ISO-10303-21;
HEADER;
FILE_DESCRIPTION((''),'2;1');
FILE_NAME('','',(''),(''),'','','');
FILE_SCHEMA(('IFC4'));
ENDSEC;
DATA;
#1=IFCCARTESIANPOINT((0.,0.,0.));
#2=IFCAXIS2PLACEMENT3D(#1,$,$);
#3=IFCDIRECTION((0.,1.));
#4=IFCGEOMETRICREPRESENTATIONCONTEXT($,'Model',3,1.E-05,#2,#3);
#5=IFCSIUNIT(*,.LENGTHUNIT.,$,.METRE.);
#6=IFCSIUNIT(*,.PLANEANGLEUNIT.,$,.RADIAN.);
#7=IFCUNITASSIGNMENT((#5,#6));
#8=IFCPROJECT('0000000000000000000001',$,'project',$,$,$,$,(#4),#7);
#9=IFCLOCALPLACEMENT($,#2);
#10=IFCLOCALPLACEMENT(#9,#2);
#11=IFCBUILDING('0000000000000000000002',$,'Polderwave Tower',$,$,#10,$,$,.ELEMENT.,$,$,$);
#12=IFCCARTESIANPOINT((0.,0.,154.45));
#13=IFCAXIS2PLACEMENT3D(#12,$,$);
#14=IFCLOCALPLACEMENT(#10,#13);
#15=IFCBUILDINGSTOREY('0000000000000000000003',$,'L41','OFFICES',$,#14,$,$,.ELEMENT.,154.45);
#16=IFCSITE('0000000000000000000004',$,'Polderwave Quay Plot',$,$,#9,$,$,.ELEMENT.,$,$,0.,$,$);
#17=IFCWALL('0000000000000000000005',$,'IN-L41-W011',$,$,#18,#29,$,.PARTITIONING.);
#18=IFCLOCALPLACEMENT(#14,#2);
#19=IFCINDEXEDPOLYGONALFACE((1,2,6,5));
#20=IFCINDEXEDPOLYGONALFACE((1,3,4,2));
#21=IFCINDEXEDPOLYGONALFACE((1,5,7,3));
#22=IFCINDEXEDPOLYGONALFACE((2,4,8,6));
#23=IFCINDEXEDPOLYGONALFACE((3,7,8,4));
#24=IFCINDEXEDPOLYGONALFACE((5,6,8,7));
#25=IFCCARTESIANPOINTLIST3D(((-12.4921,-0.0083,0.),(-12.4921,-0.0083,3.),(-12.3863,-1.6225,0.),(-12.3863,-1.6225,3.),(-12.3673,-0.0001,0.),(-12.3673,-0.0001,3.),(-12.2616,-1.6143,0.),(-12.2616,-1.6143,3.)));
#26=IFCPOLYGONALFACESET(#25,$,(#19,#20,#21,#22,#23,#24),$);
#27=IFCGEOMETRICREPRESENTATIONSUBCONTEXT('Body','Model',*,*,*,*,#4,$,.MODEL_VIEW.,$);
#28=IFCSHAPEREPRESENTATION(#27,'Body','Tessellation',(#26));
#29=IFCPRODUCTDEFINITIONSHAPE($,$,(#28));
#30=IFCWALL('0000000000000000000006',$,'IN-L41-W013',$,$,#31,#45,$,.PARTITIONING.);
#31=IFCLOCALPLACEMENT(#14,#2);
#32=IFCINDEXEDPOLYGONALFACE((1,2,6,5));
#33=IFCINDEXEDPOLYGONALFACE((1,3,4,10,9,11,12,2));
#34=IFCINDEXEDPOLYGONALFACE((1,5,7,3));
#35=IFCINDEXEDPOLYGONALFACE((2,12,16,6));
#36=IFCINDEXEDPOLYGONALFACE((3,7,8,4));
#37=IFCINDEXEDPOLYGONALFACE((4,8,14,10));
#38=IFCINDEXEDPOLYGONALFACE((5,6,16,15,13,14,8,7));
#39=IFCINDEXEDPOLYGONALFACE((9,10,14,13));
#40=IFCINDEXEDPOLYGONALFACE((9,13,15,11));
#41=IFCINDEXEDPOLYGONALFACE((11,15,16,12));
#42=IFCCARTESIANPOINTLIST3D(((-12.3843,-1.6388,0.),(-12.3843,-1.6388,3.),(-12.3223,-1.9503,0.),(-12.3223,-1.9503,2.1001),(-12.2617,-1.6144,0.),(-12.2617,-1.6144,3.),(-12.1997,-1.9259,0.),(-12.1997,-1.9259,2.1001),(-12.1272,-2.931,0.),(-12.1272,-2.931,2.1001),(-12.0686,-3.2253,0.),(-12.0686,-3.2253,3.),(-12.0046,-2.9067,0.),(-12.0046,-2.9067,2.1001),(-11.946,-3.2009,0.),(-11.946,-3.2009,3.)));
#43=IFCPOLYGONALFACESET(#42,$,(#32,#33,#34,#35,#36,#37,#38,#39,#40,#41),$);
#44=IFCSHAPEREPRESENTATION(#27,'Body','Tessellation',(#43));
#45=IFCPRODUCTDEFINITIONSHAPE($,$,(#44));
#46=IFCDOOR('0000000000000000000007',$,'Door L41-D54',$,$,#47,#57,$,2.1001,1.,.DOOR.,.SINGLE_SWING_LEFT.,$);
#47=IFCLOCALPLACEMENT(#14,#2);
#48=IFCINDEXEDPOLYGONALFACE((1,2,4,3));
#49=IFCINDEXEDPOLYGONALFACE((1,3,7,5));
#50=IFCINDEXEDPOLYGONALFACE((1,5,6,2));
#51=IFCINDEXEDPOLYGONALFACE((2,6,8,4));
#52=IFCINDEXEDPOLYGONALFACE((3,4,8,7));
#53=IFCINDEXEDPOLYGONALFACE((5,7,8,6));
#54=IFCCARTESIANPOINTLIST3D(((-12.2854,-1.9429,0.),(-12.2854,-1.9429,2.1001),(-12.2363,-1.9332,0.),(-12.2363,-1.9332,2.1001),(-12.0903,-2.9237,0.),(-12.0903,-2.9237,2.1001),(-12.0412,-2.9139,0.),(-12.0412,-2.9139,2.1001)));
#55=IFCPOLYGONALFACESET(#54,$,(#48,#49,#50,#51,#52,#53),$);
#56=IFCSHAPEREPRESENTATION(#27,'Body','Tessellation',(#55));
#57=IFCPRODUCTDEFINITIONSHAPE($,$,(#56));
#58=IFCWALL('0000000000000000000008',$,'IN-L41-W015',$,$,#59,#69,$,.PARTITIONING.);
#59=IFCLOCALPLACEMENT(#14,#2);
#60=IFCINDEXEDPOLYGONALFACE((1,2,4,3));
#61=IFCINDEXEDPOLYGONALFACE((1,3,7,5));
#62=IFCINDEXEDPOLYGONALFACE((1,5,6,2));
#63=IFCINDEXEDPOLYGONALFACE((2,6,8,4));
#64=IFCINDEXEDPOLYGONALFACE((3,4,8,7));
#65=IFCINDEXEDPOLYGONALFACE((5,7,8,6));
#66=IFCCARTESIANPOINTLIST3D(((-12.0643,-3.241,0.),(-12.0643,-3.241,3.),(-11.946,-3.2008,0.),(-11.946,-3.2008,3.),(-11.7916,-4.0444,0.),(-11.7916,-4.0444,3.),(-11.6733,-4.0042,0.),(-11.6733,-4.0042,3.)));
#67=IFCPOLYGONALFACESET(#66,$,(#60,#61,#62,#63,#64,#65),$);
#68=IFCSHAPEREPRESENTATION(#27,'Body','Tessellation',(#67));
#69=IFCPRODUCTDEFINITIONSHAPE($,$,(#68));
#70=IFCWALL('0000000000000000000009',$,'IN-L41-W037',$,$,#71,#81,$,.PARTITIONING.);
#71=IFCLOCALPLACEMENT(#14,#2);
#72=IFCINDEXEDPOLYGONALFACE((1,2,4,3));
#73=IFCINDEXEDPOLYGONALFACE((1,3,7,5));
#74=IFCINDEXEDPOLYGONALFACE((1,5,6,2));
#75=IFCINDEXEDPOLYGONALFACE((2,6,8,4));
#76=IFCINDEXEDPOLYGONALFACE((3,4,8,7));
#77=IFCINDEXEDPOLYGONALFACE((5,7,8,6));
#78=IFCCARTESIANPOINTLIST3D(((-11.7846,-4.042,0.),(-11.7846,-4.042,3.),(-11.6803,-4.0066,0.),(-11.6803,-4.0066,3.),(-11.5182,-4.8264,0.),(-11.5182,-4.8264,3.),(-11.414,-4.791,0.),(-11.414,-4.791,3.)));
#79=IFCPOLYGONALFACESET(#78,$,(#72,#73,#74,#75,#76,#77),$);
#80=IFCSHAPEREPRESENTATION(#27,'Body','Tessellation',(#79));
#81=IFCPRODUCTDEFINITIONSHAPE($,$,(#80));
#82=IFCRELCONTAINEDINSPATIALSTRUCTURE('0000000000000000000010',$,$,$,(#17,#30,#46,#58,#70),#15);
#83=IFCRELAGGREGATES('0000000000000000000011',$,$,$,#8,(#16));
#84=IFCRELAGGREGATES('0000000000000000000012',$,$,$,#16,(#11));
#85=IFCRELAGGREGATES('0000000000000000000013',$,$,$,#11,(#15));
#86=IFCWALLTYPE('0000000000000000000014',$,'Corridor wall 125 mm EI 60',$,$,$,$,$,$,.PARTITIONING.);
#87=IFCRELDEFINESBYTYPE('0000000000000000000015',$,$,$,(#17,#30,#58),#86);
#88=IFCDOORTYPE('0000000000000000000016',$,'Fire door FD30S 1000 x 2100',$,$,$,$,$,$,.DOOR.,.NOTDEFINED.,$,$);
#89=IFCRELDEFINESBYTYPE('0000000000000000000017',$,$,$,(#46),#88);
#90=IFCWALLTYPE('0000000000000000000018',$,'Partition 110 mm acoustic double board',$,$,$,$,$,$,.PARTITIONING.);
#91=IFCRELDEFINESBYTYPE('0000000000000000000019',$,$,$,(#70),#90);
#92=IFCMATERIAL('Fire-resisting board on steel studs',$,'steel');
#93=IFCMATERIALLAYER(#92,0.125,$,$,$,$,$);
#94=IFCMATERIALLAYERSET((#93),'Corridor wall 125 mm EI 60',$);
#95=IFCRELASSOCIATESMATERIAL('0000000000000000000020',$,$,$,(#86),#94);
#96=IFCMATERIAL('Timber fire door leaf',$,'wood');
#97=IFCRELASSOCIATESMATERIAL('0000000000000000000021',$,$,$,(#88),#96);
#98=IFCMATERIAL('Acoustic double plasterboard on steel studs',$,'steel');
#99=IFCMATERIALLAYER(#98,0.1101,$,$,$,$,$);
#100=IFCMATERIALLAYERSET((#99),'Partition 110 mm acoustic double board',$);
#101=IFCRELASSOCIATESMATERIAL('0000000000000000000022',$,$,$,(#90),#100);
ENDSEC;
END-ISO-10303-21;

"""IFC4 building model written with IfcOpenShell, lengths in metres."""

from ifc_helpers import new_model, si_unit, direction, frame, frame_2d, origin, place, context, subcontext, project, spatial, rectangle, extrude, material, layer, layer_set, type_object, element, fill, save


model = new_model("IFC4")

# Units and contexts
model_context = context("Model", 3, precision=1e-05, world=origin(), true_north=direction((0.0, 1.0)))
body_context = subcontext(model_context, "Body", "Model", "MODEL_VIEW")
ifc_project = project(units=[si_unit("LENGTHUNIT", "METRE"), si_unit("PLANEANGLEUNIT", "RADIAN")], contexts=[model_context])

# Site, building, storey
site_placement = place(None, origin())
site = spatial("IfcSite", under=ifc_project, at=site_placement, Name="Polderwave Quay Plot", CompositionType="ELEMENT", RefElevation=0.0)
building_placement = place(site_placement, origin())
building = spatial("IfcBuilding", under=site, at=building_placement, Name="Polderwave Tower", CompositionType="ELEMENT")
storey_placement = place(building_placement, frame((0.0, 0.0, 154.45)))
storey = spatial("IfcBuildingStorey", under=building, at=storey_placement, Name="L41", Description="OFFICES", CompositionType="ELEMENT", Elevation=154.45)

# Wall
ifc_material_1 = material(Name="Fire-resisting board on steel studs", Category="steel")
ifc_layer_1 = layer(ifc_material_1, 0.125)
ifc_layer_set_1 = layer_set([ifc_layer_1], Name="Corridor wall 125 mm EI 60")
wall_type_1 = type_object("IfcWallType", Name="Corridor wall 125 mm EI 60", PredefinedType="PARTITIONING", material=ifc_layer_set_1)
wall_1_placement = place(storey_placement, frame((-12.324, -1.6184, 0.0), z_axis=(0.0, 0.0, 1.0), x_axis=(-0.065347, 0.997863, 0.0)))
element("IfcWall", 1, at=wall_1_placement, inside=storey, type_object=wall_type_1, Name="IN-L41-W011", PredefinedType="PARTITIONING", context=body_context, shape_type="SweptSolid", body=[
    extrude(rectangle(XDim=1.6177, YDim=0.125, at=frame_2d((0.8088, 0.0))), origin(), (0.0, 0.0, 1.0), 3.0),
])

# Wall, opening, door
wall_2_placement = place(storey_placement, frame((-12.0073, -3.2131, 0.0), z_axis=(0.0, 0.0, 1.0), x_axis=(-0.195129, 0.980778, 0.0)))
wall_2 = element("IfcWall", 2, at=wall_2_placement, inside=storey, type_object=wall_type_1, Name="IN-L41-W013", PredefinedType="PARTITIONING", context=body_context, shape_type="SweptSolid", body=[
    extrude(rectangle(XDim=1.6177, YDim=0.125, at=frame_2d((0.8088, 0.0))), origin(), (0.0, 0.0, 1.0), 3.0),
])
opening_placement = place(wall_2_placement, frame((0.3, 0.0, 0.0)))
opening = element("IfcOpeningElement", 3, at=opening_placement, cuts=wall_2, PredefinedType="OPENING", context=body_context, shape_type="SweptSolid", body=[
    extrude(rectangle(XDim=1.0, YDim=2.1001, at=frame_2d((0.5, 1.05))), frame((0.0, 0.0725, 0.0), z_axis=(0.0, -1.0, 0.0), x_axis=(1.0, 0.0, 0.0)), (0.0, 0.0, 1.0), 0.145),
])
ifc_material_2 = material(Name="Timber fire door leaf", Category="wood")
door_type = type_object("IfcDoorType", Name="Fire door FD30S 1000 x 2100", OperationType="NOTDEFINED", PredefinedType="DOOR", material=ifc_material_2)
door_placement = place(opening_placement, origin())
door = element("IfcDoor", 4, at=door_placement, inside=storey, type_object=door_type, Name="Door L41-D54", OperationType="SINGLE_SWING_LEFT", OverallHeight=2.1001, OverallWidth=1.0, PredefinedType="DOOR", context=body_context, shape_type="SweptSolid", body=[
    extrude(rectangle(XDim=1.0, YDim=2.1001, at=frame_2d((0.5, 1.05))), frame((0.0, 0.0249, 0.0), z_axis=(0.0, -1.0, 0.0), x_axis=(1.0, 0.0, 0.0)), (0.0, 0.0, 1.0), 0.05),
])
fill(opening, door)

# Walls
wall_3_placement = place(storey_placement, frame((-11.7324, -4.0244, 0.0), z_axis=(0.0, 0.0, 1.0), x_axis=(-0.321402, 0.946943, 0.0)))
element("IfcWall", 5, at=wall_3_placement, inside=storey, type_object=wall_type_1, Name="IN-L41-W015", PredefinedType="PARTITIONING", context=body_context, shape_type="SweptSolid", body=[
    extrude(rectangle(XDim=0.8484, YDim=0.125, at=frame_2d((0.4243, 0.0))), origin(), (0.0, 0.0, 1.0), 3.0),
])
ifc_material_3 = material(Name="Acoustic double plasterboard on steel studs", Category="steel")
ifc_layer_2 = layer(ifc_material_3, 0.1101)
ifc_layer_set_2 = layer_set([ifc_layer_2], Name="Partition 110 mm acoustic double board")
wall_type_2 = type_object("IfcWallType", Name="Partition 110 mm acoustic double board", PredefinedType="PARTITIONING", material=ifc_layer_set_2)
wall_4_placement = place(storey_placement, frame((-11.7324, -4.0244, 0.0), z_axis=(0.0, 0.0, 1.0), x_axis=(0.321528, -0.9469, 0.0)))
element("IfcWall", 6, at=wall_4_placement, inside=storey, type_object=wall_type_2, Name="IN-L41-W037", PredefinedType="PARTITIONING", context=body_context, shape_type="SweptSolid", body=[
    extrude(rectangle(XDim=0.8284, YDim=0.1101, at=frame_2d((0.4141, 0.0))), origin(), (0.0, 0.0, 1.0), 3.0),
])

save(model, "model.ifc")
